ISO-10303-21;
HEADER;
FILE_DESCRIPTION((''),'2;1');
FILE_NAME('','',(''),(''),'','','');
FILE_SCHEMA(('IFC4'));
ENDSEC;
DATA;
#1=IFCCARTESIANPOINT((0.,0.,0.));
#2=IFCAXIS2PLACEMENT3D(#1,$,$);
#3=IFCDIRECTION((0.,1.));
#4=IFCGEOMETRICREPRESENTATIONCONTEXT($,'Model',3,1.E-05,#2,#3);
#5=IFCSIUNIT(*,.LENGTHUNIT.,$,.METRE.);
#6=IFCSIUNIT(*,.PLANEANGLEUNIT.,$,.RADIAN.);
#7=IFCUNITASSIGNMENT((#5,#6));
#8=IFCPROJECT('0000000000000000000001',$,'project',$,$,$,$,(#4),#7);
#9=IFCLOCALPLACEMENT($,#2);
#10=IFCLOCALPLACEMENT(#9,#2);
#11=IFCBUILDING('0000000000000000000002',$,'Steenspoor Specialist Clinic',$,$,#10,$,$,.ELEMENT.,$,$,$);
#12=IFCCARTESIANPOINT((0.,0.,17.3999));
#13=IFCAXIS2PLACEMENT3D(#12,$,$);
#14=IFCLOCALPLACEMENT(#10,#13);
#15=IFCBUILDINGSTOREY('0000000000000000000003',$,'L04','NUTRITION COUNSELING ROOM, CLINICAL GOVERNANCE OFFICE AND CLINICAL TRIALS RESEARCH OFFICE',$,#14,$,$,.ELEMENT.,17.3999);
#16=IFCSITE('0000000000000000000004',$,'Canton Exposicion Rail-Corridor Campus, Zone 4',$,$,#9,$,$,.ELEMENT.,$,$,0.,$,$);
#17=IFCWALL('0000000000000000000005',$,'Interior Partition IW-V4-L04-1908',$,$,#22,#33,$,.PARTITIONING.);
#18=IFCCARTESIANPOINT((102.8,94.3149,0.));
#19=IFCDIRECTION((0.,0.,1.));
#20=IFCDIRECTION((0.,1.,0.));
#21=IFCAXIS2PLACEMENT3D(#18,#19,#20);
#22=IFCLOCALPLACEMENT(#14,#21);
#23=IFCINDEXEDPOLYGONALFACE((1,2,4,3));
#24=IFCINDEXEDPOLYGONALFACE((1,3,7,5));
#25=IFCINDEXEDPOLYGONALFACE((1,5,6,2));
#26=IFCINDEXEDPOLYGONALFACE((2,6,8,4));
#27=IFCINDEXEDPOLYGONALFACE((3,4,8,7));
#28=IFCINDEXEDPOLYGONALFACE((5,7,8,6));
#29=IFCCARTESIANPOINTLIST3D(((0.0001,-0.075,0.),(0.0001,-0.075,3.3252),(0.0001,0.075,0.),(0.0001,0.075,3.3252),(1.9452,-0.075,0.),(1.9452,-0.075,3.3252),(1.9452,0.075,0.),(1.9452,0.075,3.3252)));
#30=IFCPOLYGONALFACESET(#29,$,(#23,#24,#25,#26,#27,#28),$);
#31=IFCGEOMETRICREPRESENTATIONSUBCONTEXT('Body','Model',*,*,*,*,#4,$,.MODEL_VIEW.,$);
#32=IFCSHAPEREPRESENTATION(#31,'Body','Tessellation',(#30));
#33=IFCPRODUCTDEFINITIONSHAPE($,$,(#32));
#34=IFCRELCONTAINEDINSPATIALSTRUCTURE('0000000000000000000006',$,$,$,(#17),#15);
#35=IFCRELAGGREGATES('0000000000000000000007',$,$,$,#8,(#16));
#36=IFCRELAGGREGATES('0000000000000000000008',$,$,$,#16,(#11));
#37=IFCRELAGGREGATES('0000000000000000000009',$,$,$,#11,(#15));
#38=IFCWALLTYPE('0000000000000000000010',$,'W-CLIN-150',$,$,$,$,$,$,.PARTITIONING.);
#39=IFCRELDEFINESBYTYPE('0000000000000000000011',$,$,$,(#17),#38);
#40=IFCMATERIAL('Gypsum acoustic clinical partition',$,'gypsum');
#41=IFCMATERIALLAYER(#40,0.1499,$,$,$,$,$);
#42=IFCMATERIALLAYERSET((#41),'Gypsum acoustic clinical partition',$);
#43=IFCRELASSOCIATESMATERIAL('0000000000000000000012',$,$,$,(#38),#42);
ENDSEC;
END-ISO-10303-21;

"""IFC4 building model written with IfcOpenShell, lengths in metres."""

from ifc_helpers import new_model, si_unit, direction, frame, frame_2d, origin, place, context, subcontext, project, spatial, rectangle, extrude, material, layer, layer_set, type_object, element, save


model = new_model("IFC4")

# Units and contexts
model_context = context("Model", 3, precision=1e-05, world=origin(), true_north=direction((0.0, 1.0)))
body_context = subcontext(model_context, "Body", "Model", "MODEL_VIEW")
ifc_project = project(units=[si_unit("LENGTHUNIT", "METRE"), si_unit("PLANEANGLEUNIT", "RADIAN")], contexts=[model_context])

# Site, building, storey
site_placement = place(None, origin())
site = spatial("IfcSite", under=ifc_project, at=site_placement, Name="Canton Exposicion Rail-Corridor Campus, Zone 4", CompositionType="ELEMENT", RefElevation=0.0)
building_placement = place(site_placement, origin())
building = spatial("IfcBuilding", under=site, at=building_placement, Name="Steenspoor Specialist Clinic", CompositionType="ELEMENT")
storey_placement = place(building_placement, frame((0.0, 0.0, 17.3999)))
storey = spatial("IfcBuildingStorey", under=building, at=storey_placement, Name="L04", Description="NUTRITION COUNSELING ROOM, CLINICAL GOVERNANCE OFFICE AND CLINICAL TRIALS RESEARCH OFFICE", CompositionType="ELEMENT", Elevation=17.3999)

# Shared definitions
ifc_material_1 = material(Name="Gypsum acoustic clinical partition", Category="gypsum")
ifc_layer_1 = layer(ifc_material_1, 0.1499)
ifc_layer_set_1 = layer_set([ifc_layer_1], Name="Gypsum acoustic clinical partition")
wall_type_1 = type_object("IfcWallType", Name="W-CLIN-150", PredefinedType="PARTITIONING", material=ifc_layer_set_1)

# Wall
wall_1_placement = place(storey_placement, frame((102.8, 94.3149, 0.0), z_axis=(0.0, 0.0, 1.0), x_axis=(0.0, 1.0, 0.0)))
element("IfcWall", 1, at=wall_1_placement, inside=storey, type_object=wall_type_1, Name="Interior Partition IW-V4-L04-1908", PredefinedType="PARTITIONING", context=body_context, shape_type="SweptSolid", body=[
    extrude(rectangle(XDim=1.9451, YDim=0.1499, at=frame_2d((0.9727, 0.0))), origin(), (0.0, 0.0, 1.0), 3.3252),
])

save(model, "model.ifc")
